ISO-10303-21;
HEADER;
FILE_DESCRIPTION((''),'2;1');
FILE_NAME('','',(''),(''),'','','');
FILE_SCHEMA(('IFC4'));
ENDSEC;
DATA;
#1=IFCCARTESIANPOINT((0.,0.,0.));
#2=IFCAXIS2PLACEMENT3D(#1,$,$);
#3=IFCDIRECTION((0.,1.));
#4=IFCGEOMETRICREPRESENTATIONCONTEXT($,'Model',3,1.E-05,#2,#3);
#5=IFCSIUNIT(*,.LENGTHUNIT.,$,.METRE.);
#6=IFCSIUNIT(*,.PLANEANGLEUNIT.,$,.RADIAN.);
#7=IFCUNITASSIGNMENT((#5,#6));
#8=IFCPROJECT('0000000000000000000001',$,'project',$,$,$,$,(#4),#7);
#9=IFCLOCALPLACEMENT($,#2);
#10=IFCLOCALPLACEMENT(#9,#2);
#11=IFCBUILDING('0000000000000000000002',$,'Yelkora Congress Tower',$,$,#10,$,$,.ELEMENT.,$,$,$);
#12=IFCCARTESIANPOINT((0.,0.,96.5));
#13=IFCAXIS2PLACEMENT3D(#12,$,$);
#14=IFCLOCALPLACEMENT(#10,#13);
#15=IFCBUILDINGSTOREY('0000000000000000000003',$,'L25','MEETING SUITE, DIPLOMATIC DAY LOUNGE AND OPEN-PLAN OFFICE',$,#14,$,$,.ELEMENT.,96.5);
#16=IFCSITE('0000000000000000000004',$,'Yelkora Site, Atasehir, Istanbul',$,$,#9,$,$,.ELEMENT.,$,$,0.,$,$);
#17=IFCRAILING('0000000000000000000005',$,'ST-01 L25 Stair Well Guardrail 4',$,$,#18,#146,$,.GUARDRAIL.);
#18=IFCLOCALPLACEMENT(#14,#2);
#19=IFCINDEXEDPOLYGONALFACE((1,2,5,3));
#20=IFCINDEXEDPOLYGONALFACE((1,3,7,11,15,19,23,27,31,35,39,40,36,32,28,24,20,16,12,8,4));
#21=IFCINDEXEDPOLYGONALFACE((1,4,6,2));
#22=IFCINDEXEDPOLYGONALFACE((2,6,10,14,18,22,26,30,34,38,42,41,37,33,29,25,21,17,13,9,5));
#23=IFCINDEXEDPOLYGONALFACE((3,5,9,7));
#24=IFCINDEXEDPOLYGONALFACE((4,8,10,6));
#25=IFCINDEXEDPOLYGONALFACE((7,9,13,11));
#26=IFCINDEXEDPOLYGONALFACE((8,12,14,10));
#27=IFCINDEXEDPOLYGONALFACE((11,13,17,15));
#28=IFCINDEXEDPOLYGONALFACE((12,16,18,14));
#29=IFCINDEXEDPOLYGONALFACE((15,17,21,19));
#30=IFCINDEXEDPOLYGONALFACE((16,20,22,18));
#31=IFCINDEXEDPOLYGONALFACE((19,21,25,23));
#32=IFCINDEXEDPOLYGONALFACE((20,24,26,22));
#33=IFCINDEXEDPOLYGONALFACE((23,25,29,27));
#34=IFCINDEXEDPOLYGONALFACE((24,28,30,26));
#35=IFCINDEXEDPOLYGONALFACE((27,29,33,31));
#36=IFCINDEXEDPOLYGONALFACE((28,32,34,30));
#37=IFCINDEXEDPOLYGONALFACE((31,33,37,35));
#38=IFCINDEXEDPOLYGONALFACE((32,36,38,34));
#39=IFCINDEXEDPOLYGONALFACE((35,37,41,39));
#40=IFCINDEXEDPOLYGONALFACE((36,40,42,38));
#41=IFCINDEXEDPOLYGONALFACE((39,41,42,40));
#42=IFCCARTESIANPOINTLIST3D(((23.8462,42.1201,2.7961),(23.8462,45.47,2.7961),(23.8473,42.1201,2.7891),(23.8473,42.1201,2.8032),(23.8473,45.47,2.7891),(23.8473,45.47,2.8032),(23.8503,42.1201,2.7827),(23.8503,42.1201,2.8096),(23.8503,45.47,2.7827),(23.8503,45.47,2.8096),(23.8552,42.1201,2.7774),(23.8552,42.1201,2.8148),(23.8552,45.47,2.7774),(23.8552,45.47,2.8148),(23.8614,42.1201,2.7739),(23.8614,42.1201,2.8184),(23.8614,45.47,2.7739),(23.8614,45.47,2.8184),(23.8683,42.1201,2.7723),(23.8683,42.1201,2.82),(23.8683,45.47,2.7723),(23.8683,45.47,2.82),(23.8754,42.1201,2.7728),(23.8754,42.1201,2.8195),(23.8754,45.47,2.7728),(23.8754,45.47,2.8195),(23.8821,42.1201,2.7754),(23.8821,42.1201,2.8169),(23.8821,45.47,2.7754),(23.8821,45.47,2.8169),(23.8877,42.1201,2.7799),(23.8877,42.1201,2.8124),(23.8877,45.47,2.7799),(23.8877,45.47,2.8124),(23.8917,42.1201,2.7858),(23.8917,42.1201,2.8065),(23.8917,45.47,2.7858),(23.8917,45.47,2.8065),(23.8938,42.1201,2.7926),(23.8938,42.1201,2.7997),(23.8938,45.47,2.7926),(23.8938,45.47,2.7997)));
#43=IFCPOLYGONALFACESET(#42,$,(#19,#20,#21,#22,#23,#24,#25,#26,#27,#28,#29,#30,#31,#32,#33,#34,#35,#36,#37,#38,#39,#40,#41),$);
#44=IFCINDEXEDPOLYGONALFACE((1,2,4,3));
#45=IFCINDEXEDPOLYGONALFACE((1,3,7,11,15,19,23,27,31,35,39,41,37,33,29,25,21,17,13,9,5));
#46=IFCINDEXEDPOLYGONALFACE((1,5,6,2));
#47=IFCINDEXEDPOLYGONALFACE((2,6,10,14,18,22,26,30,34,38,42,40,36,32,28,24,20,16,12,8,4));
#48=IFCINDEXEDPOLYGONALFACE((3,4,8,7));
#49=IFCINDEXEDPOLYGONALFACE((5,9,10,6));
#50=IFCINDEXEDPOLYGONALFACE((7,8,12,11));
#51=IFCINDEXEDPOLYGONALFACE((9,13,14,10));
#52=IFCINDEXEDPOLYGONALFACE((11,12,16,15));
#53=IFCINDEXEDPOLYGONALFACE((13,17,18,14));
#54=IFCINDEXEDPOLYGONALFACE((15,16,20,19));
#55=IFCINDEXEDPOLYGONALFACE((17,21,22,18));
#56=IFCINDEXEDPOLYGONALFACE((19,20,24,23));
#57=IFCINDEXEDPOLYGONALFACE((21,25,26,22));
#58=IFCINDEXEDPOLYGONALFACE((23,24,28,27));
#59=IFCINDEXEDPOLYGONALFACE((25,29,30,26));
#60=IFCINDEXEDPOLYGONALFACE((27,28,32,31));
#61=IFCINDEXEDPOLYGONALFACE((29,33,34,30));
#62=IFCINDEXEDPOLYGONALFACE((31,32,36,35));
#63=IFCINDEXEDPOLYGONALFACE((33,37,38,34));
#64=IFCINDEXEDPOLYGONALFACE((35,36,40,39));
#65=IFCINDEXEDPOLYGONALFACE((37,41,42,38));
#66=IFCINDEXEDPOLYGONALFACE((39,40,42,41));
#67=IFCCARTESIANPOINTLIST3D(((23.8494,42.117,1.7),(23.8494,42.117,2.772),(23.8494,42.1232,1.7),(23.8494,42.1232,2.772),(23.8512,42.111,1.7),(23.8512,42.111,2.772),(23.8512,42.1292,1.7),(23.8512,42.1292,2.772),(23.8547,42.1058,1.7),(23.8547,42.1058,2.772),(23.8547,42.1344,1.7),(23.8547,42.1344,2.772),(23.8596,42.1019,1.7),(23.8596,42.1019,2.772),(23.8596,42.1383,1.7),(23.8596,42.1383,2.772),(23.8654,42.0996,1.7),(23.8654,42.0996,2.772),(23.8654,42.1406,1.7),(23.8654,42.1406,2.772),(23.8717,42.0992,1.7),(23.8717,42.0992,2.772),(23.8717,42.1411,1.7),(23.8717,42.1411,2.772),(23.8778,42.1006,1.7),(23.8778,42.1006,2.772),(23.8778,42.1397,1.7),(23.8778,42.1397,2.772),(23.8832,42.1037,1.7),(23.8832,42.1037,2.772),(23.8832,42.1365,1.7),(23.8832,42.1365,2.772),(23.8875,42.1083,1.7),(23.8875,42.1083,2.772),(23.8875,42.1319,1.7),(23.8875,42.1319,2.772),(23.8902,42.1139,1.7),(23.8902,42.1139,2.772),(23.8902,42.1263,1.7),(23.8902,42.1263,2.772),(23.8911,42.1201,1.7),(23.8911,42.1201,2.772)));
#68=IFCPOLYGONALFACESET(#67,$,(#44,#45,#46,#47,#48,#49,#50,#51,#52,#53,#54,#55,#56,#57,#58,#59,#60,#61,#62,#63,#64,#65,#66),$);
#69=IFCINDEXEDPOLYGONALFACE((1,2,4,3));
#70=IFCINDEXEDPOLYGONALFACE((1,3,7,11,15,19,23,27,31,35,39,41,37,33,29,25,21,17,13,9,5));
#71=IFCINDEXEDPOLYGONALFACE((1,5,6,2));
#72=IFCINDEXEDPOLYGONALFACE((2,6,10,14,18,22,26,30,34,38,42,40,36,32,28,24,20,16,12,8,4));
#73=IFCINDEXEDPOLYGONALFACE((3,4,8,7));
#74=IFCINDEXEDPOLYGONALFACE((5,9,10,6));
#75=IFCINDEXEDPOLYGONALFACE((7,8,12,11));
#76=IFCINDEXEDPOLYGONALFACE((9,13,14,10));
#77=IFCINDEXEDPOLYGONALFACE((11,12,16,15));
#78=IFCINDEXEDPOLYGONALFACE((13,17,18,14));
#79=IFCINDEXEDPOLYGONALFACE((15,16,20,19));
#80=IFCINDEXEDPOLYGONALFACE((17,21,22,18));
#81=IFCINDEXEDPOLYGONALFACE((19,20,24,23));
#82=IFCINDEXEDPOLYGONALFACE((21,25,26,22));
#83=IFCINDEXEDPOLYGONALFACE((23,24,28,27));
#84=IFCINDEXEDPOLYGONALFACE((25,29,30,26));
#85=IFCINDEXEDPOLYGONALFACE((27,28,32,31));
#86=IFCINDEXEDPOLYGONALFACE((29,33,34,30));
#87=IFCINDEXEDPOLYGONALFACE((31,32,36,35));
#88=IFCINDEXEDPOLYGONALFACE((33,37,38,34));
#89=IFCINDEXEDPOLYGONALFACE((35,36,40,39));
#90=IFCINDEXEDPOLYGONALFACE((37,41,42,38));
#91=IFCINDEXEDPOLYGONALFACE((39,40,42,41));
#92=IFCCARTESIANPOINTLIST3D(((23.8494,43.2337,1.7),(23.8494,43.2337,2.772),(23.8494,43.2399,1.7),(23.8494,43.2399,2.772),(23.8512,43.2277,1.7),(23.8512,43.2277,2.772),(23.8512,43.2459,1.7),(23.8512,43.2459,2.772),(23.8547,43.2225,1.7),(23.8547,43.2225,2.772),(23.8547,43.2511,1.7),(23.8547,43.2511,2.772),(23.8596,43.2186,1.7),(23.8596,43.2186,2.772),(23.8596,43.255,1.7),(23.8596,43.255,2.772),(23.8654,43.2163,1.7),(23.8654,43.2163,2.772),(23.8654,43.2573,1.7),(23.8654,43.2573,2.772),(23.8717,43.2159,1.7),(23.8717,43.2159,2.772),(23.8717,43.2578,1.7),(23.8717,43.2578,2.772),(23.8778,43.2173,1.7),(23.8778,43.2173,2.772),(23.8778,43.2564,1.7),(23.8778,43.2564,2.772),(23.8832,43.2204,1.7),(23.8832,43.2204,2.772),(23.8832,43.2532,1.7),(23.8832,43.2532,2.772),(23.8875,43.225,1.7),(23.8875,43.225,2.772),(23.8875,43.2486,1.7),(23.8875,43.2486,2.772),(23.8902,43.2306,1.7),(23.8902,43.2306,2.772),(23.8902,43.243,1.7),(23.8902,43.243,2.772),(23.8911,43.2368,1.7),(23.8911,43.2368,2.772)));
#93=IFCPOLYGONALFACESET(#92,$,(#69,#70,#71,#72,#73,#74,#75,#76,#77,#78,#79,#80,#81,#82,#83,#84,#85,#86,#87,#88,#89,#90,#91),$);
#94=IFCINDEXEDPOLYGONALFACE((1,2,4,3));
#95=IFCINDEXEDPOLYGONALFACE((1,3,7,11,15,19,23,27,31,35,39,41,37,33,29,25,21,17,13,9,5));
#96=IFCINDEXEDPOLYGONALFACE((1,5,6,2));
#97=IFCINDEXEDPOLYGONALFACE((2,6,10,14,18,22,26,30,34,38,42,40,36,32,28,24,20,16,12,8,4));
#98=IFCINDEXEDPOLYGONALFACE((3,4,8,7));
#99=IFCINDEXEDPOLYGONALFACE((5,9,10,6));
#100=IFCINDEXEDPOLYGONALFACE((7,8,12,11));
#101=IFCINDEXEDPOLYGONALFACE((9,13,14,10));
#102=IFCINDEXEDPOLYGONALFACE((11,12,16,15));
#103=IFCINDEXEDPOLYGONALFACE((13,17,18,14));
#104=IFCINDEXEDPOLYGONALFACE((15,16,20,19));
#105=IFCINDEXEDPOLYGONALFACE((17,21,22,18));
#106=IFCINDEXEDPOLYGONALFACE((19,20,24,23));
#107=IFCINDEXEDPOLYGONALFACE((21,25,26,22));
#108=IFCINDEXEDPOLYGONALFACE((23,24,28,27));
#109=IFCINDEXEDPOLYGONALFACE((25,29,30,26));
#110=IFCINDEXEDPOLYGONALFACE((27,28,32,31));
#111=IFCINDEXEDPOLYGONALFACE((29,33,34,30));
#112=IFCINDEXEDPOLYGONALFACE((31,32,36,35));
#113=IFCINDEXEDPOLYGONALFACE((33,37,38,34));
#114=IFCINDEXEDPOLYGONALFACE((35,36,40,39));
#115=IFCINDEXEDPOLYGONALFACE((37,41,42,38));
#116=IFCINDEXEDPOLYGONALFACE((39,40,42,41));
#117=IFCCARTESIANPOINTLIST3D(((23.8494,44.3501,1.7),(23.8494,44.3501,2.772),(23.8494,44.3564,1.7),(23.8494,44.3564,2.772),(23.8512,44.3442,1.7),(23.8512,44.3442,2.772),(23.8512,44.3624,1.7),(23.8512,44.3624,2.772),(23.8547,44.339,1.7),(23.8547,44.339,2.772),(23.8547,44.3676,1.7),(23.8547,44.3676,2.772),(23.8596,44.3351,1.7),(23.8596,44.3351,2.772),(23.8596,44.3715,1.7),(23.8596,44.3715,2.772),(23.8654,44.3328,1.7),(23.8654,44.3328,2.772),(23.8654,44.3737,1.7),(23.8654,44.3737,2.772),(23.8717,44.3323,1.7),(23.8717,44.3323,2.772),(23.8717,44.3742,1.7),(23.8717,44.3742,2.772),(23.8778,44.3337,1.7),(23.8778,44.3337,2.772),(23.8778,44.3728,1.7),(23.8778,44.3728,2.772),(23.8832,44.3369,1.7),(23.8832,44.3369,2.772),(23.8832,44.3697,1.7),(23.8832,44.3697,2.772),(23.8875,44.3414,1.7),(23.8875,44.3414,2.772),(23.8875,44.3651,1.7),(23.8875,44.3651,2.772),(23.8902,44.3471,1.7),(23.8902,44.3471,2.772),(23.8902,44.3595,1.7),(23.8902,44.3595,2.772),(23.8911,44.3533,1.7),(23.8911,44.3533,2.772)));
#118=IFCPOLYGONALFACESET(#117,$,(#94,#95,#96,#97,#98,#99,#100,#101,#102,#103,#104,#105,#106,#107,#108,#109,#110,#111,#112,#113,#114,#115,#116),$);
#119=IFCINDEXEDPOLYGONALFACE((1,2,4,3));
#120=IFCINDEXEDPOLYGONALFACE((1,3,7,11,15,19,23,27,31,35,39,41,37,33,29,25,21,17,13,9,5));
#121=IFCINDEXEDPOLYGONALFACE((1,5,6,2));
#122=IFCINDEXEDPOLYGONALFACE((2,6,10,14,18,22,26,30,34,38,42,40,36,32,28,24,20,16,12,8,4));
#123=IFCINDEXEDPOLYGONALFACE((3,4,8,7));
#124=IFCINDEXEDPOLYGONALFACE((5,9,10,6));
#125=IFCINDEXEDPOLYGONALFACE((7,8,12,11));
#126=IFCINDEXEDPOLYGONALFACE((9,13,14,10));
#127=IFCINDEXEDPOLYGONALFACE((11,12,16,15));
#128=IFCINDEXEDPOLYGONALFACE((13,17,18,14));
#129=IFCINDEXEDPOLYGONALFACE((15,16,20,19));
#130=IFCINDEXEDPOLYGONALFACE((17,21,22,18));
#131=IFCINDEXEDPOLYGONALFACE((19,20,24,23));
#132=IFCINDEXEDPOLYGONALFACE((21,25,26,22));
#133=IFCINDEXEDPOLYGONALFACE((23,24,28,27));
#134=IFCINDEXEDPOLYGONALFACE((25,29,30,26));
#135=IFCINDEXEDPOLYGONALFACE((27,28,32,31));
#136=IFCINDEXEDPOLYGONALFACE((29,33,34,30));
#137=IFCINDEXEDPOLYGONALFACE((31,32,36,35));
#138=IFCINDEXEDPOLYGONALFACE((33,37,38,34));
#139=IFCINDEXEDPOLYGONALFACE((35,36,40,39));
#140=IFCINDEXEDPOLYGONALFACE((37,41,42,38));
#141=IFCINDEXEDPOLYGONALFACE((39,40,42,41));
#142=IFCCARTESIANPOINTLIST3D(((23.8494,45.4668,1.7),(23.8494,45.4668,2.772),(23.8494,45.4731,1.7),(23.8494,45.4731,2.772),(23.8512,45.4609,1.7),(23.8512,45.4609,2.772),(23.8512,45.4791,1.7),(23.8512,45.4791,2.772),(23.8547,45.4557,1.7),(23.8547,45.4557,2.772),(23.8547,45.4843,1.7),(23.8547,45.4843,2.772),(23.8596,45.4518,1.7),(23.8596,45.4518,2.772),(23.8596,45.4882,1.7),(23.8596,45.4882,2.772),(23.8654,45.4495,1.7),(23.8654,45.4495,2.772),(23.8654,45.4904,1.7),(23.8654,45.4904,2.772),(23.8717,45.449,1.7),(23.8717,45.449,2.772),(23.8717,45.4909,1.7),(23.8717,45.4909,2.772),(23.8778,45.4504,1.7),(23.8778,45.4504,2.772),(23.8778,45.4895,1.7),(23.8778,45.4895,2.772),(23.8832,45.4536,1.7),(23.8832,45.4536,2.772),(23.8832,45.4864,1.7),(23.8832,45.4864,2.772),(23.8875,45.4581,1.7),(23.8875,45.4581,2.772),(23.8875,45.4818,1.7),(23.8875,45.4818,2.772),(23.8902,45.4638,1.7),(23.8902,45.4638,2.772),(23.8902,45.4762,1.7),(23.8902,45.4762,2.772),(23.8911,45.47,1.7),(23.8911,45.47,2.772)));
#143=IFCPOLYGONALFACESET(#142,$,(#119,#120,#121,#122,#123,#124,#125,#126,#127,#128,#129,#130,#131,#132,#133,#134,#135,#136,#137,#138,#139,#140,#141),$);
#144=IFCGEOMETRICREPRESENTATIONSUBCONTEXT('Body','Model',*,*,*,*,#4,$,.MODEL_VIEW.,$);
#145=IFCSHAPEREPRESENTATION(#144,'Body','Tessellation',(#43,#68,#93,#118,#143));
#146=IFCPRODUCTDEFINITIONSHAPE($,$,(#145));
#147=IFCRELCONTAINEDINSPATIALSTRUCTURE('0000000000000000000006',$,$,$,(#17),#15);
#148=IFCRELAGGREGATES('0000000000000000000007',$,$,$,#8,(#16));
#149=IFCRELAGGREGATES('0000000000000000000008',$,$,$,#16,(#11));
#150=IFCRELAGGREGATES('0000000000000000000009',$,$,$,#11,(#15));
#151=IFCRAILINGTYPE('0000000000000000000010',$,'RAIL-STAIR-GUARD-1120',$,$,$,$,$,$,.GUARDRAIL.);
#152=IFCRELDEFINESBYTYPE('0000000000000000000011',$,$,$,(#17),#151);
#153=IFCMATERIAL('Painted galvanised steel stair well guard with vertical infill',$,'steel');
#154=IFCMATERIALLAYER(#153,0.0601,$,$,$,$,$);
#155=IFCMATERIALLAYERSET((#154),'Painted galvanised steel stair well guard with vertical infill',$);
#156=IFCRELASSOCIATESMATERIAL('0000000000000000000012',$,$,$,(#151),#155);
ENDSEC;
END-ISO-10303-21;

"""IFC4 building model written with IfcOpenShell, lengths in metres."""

from ifc_helpers import new_model, si_unit, direction, frame, origin, origin_2d, place, context, subcontext, project, spatial, circle, extrude, material, layer, layer_set, type_object, element, save


model = new_model("IFC4")

# Units and contexts
model_context = context("Model", 3, precision=1e-05, world=origin(), true_north=direction((0.0, 1.0)))
body_context = subcontext(model_context, "Body", "Model", "MODEL_VIEW")
ifc_project = project(units=[si_unit("LENGTHUNIT", "METRE"), si_unit("PLANEANGLEUNIT", "RADIAN")], contexts=[model_context])

# Site, building, storey
site_placement = place(None, origin())
site = spatial("IfcSite", under=ifc_project, at=site_placement, Name="Yelkora Site, Atasehir, Istanbul", CompositionType="ELEMENT", RefElevation=0.0)
building_placement = place(site_placement, origin())
building = spatial("IfcBuilding", under=site, at=building_placement, Name="Yelkora Congress Tower", CompositionType="ELEMENT")
storey_placement = place(building_placement, frame((0.0, 0.0, 96.5)))
storey = spatial("IfcBuildingStorey", under=building, at=storey_placement, Name="L25", Description="MEETING SUITE, DIPLOMATIC DAY LOUNGE AND OPEN-PLAN OFFICE", CompositionType="ELEMENT", Elevation=96.5)

# Railing
ifc_material_1 = material(Name="Painted galvanised steel stair well guard with vertical infill", Category="steel")
ifc_layer_1 = layer(ifc_material_1, 0.0601)
ifc_layer_set_1 = layer_set([ifc_layer_1], Name="Painted galvanised steel stair well guard with vertical infill")
railing_type_1 = type_object("IfcRailingType", Name="RAIL-STAIR-GUARD-1120", PredefinedType="GUARDRAIL", material=ifc_layer_set_1)
railing_1_placement = place(storey_placement, frame((23.8701, 42.1201, 1.7)))
element("IfcRailing", 1, at=railing_1_placement, inside=storey, type_object=railing_type_1, Name="ST-01 L25 Stair Well Guardrail 4", PredefinedType="GUARDRAIL", context=body_context, shape_type="SweptSolid", body=[
    extrude(circle(Radius=0.0239, at=origin_2d()), frame((0.0, 0.0, 1.0962), z_axis=(0.0, 1.0, 0.0), x_axis=(-1.0, 0.0, 0.0)), (0.0, 0.0, 1.0), 3.3499),
    extrude(circle(Radius=0.021, at=origin_2d()), origin(), (0.0, 0.0, 1.0), 1.072),
    extrude(circle(Radius=0.021, at=origin_2d()), frame((0.0, 1.1167, 0.0)), (0.0, 0.0, 1.0), 1.072),
    extrude(circle(Radius=0.021, at=origin_2d()), frame((0.0, 2.2332, 0.0)), (0.0, 0.0, 1.0), 1.072),
    extrude(circle(Radius=0.021, at=origin_2d()), frame((0.0, 3.3499, 0.0)), (0.0, 0.0, 1.0), 1.072),
])

save(model, "model.ifc")
